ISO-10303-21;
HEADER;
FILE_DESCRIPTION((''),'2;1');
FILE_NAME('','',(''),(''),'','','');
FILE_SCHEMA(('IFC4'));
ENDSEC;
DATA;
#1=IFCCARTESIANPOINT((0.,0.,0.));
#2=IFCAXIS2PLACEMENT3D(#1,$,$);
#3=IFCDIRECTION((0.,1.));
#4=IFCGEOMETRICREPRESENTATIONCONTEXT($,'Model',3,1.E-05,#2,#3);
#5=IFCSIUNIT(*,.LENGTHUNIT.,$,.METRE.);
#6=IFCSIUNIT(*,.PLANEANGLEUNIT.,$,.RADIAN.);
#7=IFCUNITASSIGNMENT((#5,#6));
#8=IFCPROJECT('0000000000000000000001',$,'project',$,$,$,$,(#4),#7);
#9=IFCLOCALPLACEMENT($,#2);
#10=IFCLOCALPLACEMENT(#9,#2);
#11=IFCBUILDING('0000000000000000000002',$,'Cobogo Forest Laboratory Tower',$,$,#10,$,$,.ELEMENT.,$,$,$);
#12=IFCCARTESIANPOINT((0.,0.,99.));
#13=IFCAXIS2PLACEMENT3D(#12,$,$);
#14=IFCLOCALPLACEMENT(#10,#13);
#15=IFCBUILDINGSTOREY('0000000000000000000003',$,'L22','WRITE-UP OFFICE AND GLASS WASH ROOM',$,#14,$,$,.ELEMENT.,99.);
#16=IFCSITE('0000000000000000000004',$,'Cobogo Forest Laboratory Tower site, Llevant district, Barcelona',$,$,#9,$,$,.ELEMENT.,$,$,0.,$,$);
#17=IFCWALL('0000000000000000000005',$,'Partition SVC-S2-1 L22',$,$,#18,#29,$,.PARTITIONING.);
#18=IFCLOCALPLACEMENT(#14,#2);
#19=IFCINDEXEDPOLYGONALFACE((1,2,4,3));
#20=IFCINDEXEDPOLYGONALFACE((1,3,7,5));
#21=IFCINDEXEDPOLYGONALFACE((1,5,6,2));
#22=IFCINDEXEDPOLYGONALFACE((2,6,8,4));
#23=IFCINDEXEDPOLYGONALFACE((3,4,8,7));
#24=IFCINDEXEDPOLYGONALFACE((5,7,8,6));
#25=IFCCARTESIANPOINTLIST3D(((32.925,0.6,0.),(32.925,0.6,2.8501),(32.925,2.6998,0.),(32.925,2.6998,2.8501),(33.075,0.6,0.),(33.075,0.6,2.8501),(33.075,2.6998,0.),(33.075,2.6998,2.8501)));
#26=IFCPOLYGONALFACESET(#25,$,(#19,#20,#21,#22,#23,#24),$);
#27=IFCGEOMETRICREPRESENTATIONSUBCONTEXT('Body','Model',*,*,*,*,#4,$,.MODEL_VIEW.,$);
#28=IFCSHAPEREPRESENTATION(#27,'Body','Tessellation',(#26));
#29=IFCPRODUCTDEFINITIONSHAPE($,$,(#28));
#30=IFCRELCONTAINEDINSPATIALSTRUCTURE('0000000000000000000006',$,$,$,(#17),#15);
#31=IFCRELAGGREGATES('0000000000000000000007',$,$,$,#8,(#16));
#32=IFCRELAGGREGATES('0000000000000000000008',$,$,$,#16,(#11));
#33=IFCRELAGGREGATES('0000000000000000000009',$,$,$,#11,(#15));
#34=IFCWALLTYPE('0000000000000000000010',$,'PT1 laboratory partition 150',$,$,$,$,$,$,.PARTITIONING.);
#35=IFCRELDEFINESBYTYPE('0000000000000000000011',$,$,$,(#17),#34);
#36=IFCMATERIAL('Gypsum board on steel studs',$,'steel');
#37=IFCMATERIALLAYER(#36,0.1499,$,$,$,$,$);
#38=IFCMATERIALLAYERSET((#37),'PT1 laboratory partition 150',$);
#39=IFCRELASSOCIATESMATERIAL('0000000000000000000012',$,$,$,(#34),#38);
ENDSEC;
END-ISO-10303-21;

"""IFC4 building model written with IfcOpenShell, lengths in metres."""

from ifc_helpers import new_model, si_unit, direction, frame, frame_2d, origin, place, context, subcontext, project, spatial, rectangle, extrude, material, layer, layer_set, type_object, element, save


model = new_model("IFC4")

# Units and contexts
model_context = context("Model", 3, precision=1e-05, world=origin(), true_north=direction((0.0, 1.0)))
body_context = subcontext(model_context, "Body", "Model", "MODEL_VIEW")
ifc_project = project(units=[si_unit("LENGTHUNIT", "METRE"), si_unit("PLANEANGLEUNIT", "RADIAN")], contexts=[model_context])

# Site, building, storey
site_placement = place(None, origin())
site = spatial("IfcSite", under=ifc_project, at=site_placement, Name="Cobogo Forest Laboratory Tower site, Llevant district, Barcelona", CompositionType="ELEMENT", RefElevation=0.0)
building_placement = place(site_placement, origin())
building = spatial("IfcBuilding", under=site, at=building_placement, Name="Cobogo Forest Laboratory Tower", CompositionType="ELEMENT")
storey_placement = place(building_placement, frame((0.0, 0.0, 99.0)))
storey = spatial("IfcBuildingStorey", under=building, at=storey_placement, Name="L22", Description="WRITE-UP OFFICE AND GLASS WASH ROOM", CompositionType="ELEMENT", Elevation=99.0)

# Wall
ifc_material_1 = material(Name="Gypsum board on steel studs", Category="steel")
ifc_layer_1 = layer(ifc_material_1, 0.1499)
ifc_layer_set_1 = layer_set([ifc_layer_1], Name="PT1 laboratory partition 150")
wall_type = type_object("IfcWallType", Name="PT1 laboratory partition 150", PredefinedType="PARTITIONING", material=ifc_layer_set_1)
wall_placement = place(storey_placement, frame((33.0, 0.6001, 0.0), z_axis=(0.0, 0.0, 1.0), x_axis=(0.0, 1.0, 0.0)))
element("IfcWall", 1, at=wall_placement, inside=storey, type_object=wall_type, Name="Partition SVC-S2-1 L22", PredefinedType="PARTITIONING", context=body_context, shape_type="SweptSolid", body=[
    extrude(rectangle(XDim=2.0999, YDim=0.1499, at=frame_2d((1.0498, 0.0))), origin(), (0.0, 0.0, 1.0), 2.8501),
])

save(model, "model.ifc")
